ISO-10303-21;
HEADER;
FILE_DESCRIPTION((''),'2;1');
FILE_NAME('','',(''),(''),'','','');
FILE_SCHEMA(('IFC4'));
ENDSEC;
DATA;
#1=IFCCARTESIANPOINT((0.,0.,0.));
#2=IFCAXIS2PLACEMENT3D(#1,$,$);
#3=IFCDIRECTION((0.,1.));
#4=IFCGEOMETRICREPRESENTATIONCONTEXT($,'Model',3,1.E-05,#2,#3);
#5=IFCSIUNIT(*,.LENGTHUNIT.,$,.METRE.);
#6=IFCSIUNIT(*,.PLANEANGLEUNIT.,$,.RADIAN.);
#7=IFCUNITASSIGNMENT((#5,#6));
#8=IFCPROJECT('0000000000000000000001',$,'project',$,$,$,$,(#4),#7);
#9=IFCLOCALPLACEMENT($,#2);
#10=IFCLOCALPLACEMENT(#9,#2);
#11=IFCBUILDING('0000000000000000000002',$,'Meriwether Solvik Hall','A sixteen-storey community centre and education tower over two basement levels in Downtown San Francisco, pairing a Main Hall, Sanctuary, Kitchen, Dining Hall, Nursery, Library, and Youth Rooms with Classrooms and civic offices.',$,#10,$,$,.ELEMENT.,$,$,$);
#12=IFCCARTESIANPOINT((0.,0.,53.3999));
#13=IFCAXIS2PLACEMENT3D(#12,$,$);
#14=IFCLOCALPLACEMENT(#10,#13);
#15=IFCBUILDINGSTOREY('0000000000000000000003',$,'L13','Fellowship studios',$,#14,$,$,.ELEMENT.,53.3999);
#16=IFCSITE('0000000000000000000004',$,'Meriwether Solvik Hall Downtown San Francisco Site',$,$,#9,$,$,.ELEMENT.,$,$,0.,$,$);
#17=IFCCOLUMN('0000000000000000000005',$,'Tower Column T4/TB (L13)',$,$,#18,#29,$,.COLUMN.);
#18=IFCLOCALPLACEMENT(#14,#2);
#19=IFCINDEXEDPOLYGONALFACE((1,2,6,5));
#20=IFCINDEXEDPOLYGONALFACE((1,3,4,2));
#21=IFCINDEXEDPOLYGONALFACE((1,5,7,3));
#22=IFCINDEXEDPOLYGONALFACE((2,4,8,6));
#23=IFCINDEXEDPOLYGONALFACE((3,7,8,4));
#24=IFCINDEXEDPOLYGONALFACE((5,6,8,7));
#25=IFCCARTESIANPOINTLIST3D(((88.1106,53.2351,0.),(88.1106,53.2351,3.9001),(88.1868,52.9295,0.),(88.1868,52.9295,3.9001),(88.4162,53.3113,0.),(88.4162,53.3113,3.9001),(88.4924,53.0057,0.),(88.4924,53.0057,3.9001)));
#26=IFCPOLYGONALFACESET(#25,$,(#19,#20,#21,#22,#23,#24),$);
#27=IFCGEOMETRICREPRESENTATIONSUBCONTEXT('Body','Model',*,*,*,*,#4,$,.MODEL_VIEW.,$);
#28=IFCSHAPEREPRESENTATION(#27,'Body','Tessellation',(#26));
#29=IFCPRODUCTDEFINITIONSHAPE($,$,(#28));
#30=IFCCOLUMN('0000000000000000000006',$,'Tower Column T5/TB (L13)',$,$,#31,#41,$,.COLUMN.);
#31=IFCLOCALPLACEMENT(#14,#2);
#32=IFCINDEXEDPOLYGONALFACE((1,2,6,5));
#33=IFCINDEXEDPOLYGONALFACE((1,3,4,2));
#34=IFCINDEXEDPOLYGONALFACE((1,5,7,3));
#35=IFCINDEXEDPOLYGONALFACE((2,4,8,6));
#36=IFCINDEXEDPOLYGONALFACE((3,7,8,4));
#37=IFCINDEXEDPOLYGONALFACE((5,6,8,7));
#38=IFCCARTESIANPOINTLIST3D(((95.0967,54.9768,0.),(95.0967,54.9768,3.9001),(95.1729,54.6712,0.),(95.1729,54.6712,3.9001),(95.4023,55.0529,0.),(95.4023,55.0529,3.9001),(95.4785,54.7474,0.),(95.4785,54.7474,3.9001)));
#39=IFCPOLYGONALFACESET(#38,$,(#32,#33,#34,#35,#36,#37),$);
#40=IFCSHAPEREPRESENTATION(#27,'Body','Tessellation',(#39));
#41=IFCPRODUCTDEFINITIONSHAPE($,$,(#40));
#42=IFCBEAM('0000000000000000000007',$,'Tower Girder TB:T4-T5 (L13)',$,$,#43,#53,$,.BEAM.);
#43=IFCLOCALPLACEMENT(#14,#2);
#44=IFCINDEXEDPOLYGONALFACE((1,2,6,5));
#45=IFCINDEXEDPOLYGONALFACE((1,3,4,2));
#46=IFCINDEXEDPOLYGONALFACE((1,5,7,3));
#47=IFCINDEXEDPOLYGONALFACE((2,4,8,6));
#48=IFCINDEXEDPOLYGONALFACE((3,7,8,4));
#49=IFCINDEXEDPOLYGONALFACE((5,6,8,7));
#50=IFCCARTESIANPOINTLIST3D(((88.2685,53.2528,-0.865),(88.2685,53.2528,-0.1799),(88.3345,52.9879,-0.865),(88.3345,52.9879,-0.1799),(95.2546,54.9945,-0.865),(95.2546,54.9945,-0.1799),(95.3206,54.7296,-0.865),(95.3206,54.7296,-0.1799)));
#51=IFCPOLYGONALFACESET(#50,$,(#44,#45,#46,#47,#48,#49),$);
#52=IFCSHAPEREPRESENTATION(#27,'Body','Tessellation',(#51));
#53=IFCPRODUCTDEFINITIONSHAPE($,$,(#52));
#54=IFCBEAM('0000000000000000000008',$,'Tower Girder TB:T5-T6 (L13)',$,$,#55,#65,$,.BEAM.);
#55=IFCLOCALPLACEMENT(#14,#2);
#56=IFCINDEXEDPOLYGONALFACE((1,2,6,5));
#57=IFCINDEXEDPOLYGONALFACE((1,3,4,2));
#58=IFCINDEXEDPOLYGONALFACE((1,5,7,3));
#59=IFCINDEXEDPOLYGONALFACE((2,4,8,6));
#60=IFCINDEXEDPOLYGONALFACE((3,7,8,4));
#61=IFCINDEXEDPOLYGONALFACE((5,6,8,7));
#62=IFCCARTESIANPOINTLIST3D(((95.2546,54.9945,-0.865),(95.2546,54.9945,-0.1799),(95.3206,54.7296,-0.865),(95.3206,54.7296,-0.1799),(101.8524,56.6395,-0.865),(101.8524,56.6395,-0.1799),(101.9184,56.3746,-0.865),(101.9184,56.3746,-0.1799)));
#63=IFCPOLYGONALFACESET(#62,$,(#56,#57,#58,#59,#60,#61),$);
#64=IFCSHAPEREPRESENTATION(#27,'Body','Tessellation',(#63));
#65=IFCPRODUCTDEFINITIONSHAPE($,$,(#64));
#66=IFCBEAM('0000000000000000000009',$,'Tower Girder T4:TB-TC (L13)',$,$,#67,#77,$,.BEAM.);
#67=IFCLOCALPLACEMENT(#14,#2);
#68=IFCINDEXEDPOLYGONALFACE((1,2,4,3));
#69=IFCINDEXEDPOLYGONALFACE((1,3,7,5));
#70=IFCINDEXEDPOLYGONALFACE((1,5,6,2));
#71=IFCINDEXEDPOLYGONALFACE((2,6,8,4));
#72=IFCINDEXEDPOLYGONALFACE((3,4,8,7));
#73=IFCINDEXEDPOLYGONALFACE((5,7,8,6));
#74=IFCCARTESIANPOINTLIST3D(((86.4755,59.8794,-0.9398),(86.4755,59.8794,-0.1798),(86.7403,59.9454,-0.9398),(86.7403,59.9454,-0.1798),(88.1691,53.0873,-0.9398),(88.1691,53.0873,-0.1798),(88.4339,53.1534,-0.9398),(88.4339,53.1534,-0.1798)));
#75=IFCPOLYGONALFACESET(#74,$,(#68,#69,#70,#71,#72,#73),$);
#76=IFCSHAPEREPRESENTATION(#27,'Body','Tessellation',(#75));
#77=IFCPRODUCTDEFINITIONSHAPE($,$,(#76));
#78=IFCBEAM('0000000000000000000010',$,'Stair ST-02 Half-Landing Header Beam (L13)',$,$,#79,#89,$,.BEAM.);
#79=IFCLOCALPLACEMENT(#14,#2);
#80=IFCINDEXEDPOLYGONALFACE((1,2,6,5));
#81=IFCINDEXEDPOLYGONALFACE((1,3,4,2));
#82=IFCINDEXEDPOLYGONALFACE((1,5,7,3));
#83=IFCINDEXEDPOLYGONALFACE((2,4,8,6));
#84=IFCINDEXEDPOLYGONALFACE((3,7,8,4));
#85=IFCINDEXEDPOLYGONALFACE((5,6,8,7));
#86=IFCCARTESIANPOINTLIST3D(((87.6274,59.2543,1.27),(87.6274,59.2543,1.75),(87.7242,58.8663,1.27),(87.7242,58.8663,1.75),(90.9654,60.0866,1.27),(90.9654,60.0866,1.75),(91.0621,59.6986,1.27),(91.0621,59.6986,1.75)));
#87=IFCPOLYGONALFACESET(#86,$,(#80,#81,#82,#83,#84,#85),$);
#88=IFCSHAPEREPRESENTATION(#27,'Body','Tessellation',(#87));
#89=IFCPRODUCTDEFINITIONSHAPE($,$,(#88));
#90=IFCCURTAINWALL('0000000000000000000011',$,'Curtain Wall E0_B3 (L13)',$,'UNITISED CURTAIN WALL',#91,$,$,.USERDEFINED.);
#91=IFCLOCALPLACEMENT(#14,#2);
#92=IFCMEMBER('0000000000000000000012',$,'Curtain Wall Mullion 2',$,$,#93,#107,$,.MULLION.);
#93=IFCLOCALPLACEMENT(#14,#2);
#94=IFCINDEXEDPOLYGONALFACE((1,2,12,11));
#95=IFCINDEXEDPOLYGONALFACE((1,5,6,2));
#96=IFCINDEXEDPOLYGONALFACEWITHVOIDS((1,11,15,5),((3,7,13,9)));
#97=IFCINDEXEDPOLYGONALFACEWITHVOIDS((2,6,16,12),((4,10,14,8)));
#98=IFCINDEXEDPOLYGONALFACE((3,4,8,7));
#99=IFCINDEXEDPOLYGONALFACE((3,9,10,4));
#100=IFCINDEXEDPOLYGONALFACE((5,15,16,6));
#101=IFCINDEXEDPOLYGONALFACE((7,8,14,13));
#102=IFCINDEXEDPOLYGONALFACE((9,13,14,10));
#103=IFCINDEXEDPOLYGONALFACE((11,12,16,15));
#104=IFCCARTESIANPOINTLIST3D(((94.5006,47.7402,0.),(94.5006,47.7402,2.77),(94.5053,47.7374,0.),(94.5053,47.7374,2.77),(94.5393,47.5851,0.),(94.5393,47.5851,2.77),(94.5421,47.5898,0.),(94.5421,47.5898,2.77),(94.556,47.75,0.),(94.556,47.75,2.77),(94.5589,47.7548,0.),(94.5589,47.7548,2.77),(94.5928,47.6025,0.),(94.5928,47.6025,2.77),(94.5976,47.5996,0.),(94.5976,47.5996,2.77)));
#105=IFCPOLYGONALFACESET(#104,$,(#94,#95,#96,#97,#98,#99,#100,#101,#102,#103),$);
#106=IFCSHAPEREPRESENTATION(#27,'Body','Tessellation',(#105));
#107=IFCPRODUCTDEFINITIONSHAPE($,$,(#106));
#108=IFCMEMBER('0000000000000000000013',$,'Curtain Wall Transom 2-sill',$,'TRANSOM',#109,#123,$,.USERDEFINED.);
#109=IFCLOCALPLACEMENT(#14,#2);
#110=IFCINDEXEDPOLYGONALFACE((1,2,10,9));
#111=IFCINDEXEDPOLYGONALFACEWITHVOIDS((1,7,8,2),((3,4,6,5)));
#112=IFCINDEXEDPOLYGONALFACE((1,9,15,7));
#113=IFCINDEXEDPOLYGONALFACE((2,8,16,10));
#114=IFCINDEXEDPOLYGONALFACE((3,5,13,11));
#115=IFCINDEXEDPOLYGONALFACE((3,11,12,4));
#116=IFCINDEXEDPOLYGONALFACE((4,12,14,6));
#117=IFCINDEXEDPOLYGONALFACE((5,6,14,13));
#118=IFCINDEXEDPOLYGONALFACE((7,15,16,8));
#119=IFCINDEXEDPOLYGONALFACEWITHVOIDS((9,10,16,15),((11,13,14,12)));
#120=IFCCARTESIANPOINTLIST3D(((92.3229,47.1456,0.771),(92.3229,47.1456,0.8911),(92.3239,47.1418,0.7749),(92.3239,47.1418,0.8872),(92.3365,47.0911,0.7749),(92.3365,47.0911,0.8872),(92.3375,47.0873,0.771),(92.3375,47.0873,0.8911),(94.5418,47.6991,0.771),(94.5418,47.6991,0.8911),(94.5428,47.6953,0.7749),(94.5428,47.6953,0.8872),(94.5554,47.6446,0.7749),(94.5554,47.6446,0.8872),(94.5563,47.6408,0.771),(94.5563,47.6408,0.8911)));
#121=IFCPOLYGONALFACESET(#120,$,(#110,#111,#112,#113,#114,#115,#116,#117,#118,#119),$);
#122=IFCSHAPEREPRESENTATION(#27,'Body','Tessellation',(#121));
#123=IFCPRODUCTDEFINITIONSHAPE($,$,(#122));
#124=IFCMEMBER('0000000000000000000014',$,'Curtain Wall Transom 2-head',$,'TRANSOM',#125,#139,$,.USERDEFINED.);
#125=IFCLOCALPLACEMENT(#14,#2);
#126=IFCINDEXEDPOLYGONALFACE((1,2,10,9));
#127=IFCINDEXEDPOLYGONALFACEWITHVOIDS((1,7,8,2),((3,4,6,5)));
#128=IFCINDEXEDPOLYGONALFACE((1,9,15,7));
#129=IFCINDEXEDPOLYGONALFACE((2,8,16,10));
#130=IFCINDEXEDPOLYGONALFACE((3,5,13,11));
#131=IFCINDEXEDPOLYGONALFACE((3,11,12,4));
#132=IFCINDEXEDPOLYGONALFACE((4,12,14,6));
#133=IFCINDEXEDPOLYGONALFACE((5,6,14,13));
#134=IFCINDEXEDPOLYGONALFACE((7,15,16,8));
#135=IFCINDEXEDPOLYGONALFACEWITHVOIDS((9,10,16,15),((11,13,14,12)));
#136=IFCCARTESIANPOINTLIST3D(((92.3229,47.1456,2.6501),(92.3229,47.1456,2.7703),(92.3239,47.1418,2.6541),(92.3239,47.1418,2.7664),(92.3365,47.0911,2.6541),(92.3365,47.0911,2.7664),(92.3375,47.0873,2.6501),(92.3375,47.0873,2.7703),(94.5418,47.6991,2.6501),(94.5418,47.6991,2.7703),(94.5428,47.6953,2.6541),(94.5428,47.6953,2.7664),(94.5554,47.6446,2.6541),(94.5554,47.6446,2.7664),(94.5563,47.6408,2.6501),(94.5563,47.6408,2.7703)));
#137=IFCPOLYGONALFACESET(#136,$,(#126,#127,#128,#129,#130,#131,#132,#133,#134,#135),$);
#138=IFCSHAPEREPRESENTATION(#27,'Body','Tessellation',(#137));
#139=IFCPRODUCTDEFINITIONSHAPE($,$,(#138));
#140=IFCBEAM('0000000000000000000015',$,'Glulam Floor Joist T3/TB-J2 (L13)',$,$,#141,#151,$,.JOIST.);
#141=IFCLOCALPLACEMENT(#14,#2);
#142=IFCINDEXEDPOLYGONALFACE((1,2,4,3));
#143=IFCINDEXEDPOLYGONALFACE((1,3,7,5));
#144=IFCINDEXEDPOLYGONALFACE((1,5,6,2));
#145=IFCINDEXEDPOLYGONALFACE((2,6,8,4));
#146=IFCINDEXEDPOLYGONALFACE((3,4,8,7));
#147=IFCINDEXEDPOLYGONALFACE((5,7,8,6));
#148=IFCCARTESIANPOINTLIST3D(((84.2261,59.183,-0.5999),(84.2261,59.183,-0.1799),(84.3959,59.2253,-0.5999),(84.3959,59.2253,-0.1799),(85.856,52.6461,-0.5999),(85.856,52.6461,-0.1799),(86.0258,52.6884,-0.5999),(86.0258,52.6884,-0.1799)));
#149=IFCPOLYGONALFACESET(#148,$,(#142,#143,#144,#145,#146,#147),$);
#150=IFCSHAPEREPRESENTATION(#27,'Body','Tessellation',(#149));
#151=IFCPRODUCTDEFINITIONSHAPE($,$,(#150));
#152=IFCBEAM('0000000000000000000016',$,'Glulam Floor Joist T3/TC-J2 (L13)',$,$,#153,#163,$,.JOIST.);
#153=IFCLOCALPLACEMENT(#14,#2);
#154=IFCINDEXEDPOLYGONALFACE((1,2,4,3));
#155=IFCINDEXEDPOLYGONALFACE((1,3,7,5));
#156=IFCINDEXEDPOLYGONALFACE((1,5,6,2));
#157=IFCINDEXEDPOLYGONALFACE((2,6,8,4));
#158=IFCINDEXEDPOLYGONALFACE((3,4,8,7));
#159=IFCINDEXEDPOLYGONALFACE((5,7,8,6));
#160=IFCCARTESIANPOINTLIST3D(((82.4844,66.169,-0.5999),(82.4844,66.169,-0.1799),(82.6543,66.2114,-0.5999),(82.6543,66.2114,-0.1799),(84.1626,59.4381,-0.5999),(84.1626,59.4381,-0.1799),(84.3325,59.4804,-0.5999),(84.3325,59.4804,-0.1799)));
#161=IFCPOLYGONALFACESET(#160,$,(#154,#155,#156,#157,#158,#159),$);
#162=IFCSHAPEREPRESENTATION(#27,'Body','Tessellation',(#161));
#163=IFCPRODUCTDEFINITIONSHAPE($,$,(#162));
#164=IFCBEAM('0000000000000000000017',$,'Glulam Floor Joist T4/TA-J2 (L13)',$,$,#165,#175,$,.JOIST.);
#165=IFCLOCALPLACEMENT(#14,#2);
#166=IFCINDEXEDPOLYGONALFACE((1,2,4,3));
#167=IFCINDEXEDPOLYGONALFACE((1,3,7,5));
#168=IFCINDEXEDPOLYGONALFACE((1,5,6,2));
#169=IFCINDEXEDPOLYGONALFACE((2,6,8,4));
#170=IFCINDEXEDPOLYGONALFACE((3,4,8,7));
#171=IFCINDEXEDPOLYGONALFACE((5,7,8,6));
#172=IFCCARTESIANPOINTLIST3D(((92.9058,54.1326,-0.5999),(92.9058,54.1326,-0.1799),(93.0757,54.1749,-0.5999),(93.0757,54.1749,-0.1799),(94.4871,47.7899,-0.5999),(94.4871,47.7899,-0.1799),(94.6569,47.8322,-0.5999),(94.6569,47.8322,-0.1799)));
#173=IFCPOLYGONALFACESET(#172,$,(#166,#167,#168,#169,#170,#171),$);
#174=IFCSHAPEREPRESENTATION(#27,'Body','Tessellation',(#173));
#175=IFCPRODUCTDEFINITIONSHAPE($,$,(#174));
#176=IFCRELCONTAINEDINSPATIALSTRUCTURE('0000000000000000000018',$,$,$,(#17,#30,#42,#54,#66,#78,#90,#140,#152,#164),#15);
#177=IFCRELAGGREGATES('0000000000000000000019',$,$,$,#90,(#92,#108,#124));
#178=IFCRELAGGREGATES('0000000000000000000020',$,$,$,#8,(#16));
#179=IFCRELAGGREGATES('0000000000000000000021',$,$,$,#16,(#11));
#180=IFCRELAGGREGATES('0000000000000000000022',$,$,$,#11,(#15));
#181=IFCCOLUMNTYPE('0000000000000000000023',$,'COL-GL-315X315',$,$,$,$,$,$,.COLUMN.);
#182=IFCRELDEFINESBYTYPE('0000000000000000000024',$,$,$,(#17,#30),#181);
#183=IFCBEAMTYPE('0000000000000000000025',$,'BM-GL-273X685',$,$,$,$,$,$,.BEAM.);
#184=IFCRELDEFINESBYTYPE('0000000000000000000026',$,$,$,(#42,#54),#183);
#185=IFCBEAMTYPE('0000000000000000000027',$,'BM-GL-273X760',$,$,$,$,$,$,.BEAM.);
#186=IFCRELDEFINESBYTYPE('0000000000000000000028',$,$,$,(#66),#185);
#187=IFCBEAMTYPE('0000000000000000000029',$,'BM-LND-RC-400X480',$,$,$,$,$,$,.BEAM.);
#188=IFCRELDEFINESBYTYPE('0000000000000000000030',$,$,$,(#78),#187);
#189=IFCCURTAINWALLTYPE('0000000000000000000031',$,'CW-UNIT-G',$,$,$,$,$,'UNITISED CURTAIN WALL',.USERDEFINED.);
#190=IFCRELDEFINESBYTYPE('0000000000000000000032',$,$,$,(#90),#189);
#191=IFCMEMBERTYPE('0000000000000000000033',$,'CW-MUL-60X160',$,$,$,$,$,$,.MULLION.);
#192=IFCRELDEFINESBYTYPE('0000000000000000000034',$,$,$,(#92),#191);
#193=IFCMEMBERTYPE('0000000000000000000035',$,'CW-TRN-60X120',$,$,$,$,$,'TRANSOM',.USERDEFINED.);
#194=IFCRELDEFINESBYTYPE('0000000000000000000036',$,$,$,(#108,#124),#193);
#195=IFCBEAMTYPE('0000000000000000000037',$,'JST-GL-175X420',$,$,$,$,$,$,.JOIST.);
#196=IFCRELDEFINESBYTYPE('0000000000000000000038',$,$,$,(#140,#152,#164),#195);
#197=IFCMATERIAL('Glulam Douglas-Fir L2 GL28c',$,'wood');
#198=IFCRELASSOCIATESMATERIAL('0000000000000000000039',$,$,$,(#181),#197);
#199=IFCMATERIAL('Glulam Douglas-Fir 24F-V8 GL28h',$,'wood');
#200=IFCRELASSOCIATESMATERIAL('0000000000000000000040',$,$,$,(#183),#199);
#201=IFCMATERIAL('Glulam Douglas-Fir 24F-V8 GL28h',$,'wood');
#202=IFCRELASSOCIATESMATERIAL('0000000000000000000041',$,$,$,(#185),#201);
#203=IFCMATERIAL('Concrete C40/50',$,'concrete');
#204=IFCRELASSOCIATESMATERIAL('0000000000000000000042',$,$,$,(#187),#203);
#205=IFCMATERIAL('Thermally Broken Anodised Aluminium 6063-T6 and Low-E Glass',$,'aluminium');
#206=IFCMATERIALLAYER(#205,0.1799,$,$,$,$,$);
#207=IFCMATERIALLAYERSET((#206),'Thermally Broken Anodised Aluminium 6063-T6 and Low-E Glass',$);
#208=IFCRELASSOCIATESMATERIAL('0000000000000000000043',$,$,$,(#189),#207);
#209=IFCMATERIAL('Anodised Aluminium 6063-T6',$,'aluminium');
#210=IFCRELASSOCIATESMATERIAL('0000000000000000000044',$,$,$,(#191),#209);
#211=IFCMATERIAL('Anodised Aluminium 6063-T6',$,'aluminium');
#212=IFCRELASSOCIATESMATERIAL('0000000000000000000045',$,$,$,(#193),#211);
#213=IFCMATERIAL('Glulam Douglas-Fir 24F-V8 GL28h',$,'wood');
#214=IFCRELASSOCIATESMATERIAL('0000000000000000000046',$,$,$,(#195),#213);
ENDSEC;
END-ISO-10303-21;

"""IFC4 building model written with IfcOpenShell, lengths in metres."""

from ifc_helpers import new_model, si_unit, direction, frame, origin, origin_2d, place, context, subcontext, project, spatial, rectangle, hollow_rectangle, extrude, material, layer, layer_set, material_profile, profile_set, type_object, element, aggregate, save


model = new_model("IFC4")

# Units and contexts
model_context = context("Model", 3, precision=1e-05, world=origin(), true_north=direction((0.0, 1.0)))
body_context = subcontext(model_context, "Body", "Model", "MODEL_VIEW")
ifc_project = project(units=[si_unit("LENGTHUNIT", "METRE"), si_unit("PLANEANGLEUNIT", "RADIAN")], contexts=[model_context])

# Site, building, storey
site_placement = place(None, origin())
site = spatial("IfcSite", under=ifc_project, at=site_placement, Name="Meriwether Solvik Hall Downtown San Francisco Site", CompositionType="ELEMENT", RefElevation=0.0)
building_placement = place(site_placement, origin())
building = spatial("IfcBuilding", under=site, at=building_placement, Name="Meriwether Solvik Hall", Description="A sixteen-storey community centre and education tower over two basement levels in Downtown San Francisco, pairing a Main Hall, Sanctuary, Kitchen, Dining Hall, Nursery, Library, and Youth Rooms with Classrooms and civic offices.", CompositionType="ELEMENT")
storey_placement = place(building_placement, frame((0.0, 0.0, 53.3999)))
storey = spatial("IfcBuildingStorey", under=building, at=storey_placement, Name="L13", Description="Fellowship studios", CompositionType="ELEMENT", Elevation=53.3999)

# Columns
ifc_material_1 = material(Name="Glulam Douglas-Fir L2 GL28c", Category="wood")
ifc_material_profile_1 = material_profile(ifc_material_1, rectangle(XDim=0.3149, YDim=0.3149, at=origin_2d()), Name="GLC-315X315")
ifc_profile_set_1 = profile_set([ifc_material_profile_1], Name="Glulam Douglas-Fir L2 GL28c")
column_type = type_object("IfcColumnType", Name="COL-GL-315X315", PredefinedType="COLUMN", material=ifc_profile_set_1)
for number, where, z_axis, x_axis, name in (
    (1, (88.3015, 53.1204, 0.0), (0.0, 0.0, 1.0), (0.970296, 0.241922, 0.0), "Tower Column T4/TB (L13)"),
    (2, (95.2876, 54.8621, 0.0), (0.0, 0.0, 1.0), (0.970296, 0.241922, 0.0), "Tower Column T5/TB (L13)"),
):
    element("IfcColumn", number, at=place(storey_placement, frame(where, z_axis=z_axis, x_axis=x_axis)), inside=storey, type_object=column_type, Name=name, PredefinedType="COLUMN", context=body_context, shape_type="SweptSolid", body=[
        extrude(rectangle(XDim=0.3149, YDim=0.3149, at=origin_2d()), origin(), (0.0, 0.0, 1.0), 3.9001),
    ])

# Beams
ifc_material_2 = material(Name="Glulam Douglas-Fir 24F-V8 GL28h", Category="wood")
ifc_material_profile_2 = material_profile(ifc_material_2, rectangle(XDim=0.2729, YDim=0.6851, at=origin_2d()), Name="GLB-273X685")
ifc_profile_set_2 = profile_set([ifc_material_profile_2], Name="Glulam Douglas-Fir 24F-V8 GL28h")
beam_type_1 = type_object("IfcBeamType", Name="BM-GL-273X685", PredefinedType="BEAM", material=ifc_profile_set_2)
beam_1_placement = place(storey_placement, frame((88.3015, 53.1204, -0.5225), z_axis=(0.9703, 0.241905, 0.0), x_axis=(-0.241905, 0.9703, 0.0)))
element("IfcBeam", 3, at=beam_1_placement, inside=storey, type_object=beam_type_1, Name="Tower Girder TB:T4-T5 (L13)", PredefinedType="BEAM", context=body_context, shape_type="SweptSolid", body=[
    extrude(rectangle(XDim=0.2729, YDim=0.6851, at=origin_2d()), origin(), (0.0, 0.0, 1.0), 7.2),
])
beam_2_placement = place(storey_placement, frame((95.2876, 54.8621, -0.5225), z_axis=(0.970296, 0.241919, 0.0), x_axis=(-0.241919, 0.970296, 0.0)))
element("IfcBeam", 4, at=beam_2_placement, inside=storey, type_object=beam_type_1, Name="Tower Girder TB:T5-T6 (L13)", PredefinedType="BEAM", context=body_context, shape_type="SweptSolid", body=[
    extrude(rectangle(XDim=0.2729, YDim=0.6851, at=origin_2d()), origin(), (0.0, 0.0, 1.0), 6.7998),
])
ifc_material_3 = material(Name="Glulam Douglas-Fir 24F-V8 GL28h", Category="wood")
ifc_material_profile_3 = material_profile(ifc_material_3, rectangle(XDim=0.2729, YDim=0.76, at=origin_2d()), Name="GLB-273X760")
ifc_profile_set_3 = profile_set([ifc_material_profile_3], Name="Glulam Douglas-Fir 24F-V8 GL28h")
beam_type_2 = type_object("IfcBeamType", Name="BM-GL-273X760", PredefinedType="BEAM", material=ifc_profile_set_3)
beam_3_placement = place(storey_placement, frame((88.3015, 53.1204, -0.5598), z_axis=(-0.241945, 0.97029, 0.0), x_axis=(-0.97029, -0.241945, 0.0)))
element("IfcBeam", 5, at=beam_3_placement, inside=storey, type_object=beam_type_2, Name="Tower Girder T4:TB-TC (L13)", PredefinedType="BEAM", context=body_context, shape_type="SweptSolid", body=[
    extrude(rectangle(XDim=0.2729, YDim=0.76, at=origin_2d()), origin(), (0.0, 0.0, 1.0), 7.0),
])
ifc_material_4 = material(Name="Concrete C40/50", Category="concrete")
ifc_material_profile_4 = material_profile(ifc_material_4, rectangle(XDim=0.3999, YDim=0.48, at=origin_2d()), Name="RCB-400X480")
ifc_profile_set_4 = profile_set([ifc_material_profile_4], Name="Concrete C40/50")
beam_type_3 = type_object("IfcBeamType", Name="BM-LND-RC-400X480", PredefinedType="BEAM", material=ifc_profile_set_4)
beam_4_placement = place(storey_placement, frame((87.6758, 59.0603, 1.51), z_axis=(0.970293, 0.241934, 0.0), x_axis=(-0.241934, 0.970293, 0.0)))
element("IfcBeam", 6, at=beam_4_placement, inside=storey, type_object=beam_type_3, Name="Stair ST-02 Half-Landing Header Beam (L13)", PredefinedType="BEAM", context=body_context, shape_type="SweptSolid", body=[
    extrude(rectangle(XDim=0.3999, YDim=0.48, at=origin_2d()), origin(), (0.0, 0.0, 1.0), 3.4402),
])

# Curtain wall, members
ifc_material_5 = material(Name="Thermally Broken Anodised Aluminium 6063-T6 and Low-E Glass", Category="aluminium")
ifc_layer_1 = layer(ifc_material_5, 0.1799)
ifc_layer_set_1 = layer_set([ifc_layer_1], Name="Thermally Broken Anodised Aluminium 6063-T6 and Low-E Glass")
curtain_wall_type = type_object("IfcCurtainWallType", Name="CW-UNIT-G", ElementType="UNITISED CURTAIN WALL", PredefinedType="USERDEFINED", material=ifc_layer_set_1)
curtain_wall_placement = place(storey_placement, origin())
curtain_wall = element("IfcCurtainWall", 7, at=curtain_wall_placement, inside=storey, type_object=curtain_wall_type, Name="Curtain Wall E0_B3 (L13)", ObjectType="UNITISED CURTAIN WALL", PredefinedType="USERDEFINED")
ifc_material_6 = material(Name="Anodised Aluminium 6063-T6", Category="aluminium")
ifc_material_profile_5 = material_profile(ifc_material_6, hollow_rectangle(XDim=0.0601, YDim=0.1599, WallThickness=0.0039, at=origin_2d()), Name="CWM-60X160")
ifc_profile_set_5 = profile_set([ifc_material_profile_5], Name="Anodised Aluminium 6063-T6")
member_type_1 = type_object("IfcMemberType", Name="CW-MUL-60X160", PredefinedType="MULLION", material=ifc_profile_set_5)
member_1_placement = place(storey_placement, frame((94.5491, 47.6699, 0.0), z_axis=(0.0, 0.0, 1.0), x_axis=(-0.970296, -0.241922, 0.0)))
member_1 = element("IfcMember", 8, at=member_1_placement, type_object=member_type_1, Name="Curtain Wall Mullion 2", PredefinedType="MULLION", context=body_context, shape_type="SweptSolid", body=[
    extrude(hollow_rectangle(XDim=0.0601, YDim=0.1599, WallThickness=0.0039, at=origin_2d()), origin(), (0.0, 0.0, 1.0), 2.77),
])
ifc_material_7 = material(Name="Anodised Aluminium 6063-T6", Category="aluminium")
ifc_material_profile_6 = material_profile(ifc_material_7, hollow_rectangle(XDim=0.0601, YDim=0.1201, WallThickness=0.0039, at=origin_2d()), Name="CWT-60X120")
ifc_profile_set_6 = profile_set([ifc_material_profile_6], Name="Anodised Aluminium 6063-T6")
member_type_2 = type_object("IfcMemberType", Name="CW-TRN-60X120", ElementType="TRANSOM", PredefinedType="USERDEFINED", material=ifc_profile_set_6)
member_2_placement = place(storey_placement, frame((94.5491, 47.6699, 0.8311), z_axis=(-0.970274, -0.242008, 0.0), x_axis=(0.242008, -0.970274, 0.0)))
member_2 = element("IfcMember", 9, at=member_2_placement, type_object=member_type_2, Name="Curtain Wall Transom 2-sill", ObjectType="TRANSOM", PredefinedType="USERDEFINED", context=body_context, shape_type="SweptSolid", body=[
    extrude(hollow_rectangle(XDim=0.0601, YDim=0.1201, WallThickness=0.0039, at=origin_2d()), origin(), (0.0, 0.0, 1.0), 2.2869),
])
member_3_placement = place(storey_placement, frame((94.5491, 47.6699, 2.7102), z_axis=(-0.970274, -0.242008, 0.0), x_axis=(0.242008, -0.970274, 0.0)))
member_3 = element("IfcMember", 10, at=member_3_placement, type_object=member_type_2, Name="Curtain Wall Transom 2-head", ObjectType="TRANSOM", PredefinedType="USERDEFINED", context=body_context, shape_type="SweptSolid", body=[
    extrude(hollow_rectangle(XDim=0.0601, YDim=0.1201, WallThickness=0.0039, at=origin_2d()), origin(), (0.0, 0.0, 1.0), 2.2869),
])

# Beams
ifc_material_8 = material(Name="Glulam Douglas-Fir 24F-V8 GL28h", Category="wood")
ifc_material_profile_7 = material_profile(ifc_material_8, rectangle(XDim=0.175, YDim=0.4199, at=origin_2d()), Name="GLJ-175X420")
ifc_profile_set_7 = profile_set([ifc_material_profile_7], Name="Glulam Douglas-Fir 24F-V8 GL28h")
beam_type_4 = type_object("IfcBeamType", Name="JST-GL-175X420", PredefinedType="JOIST", material=ifc_profile_set_7)
beam_5_placement = place(storey_placement, frame((85.9409, 52.6672, -0.3899), z_axis=(-0.24193, 0.970294, 0.0), x_axis=(-0.970294, -0.24193, 0.0)))
element("IfcBeam", 11, at=beam_5_placement, inside=storey, type_object=beam_type_4, Name="Glulam Floor Joist T3/TB-J2 (L13)", PredefinedType="JOIST", context=body_context, shape_type="SweptSolid", body=[
    extrude(rectangle(XDim=0.175, YDim=0.4199, at=origin_2d()), origin(), (0.0, 0.0, 1.0), 6.7371),
])
beam_6_placement = place(storey_placement, frame((84.2476, 59.4592, -0.3899), z_axis=(-0.241923, 0.970296, 0.0), x_axis=(-0.970296, -0.241923, 0.0)))
element("IfcBeam", 12, at=beam_6_placement, inside=storey, type_object=beam_type_4, Name="Glulam Floor Joist T3/TC-J2 (L13)", PredefinedType="JOIST", context=body_context, shape_type="SweptSolid", body=[
    extrude(rectangle(XDim=0.175, YDim=0.4199, at=origin_2d()), origin(), (0.0, 0.0, 1.0), 6.937),
])
beam_7_placement = place(storey_placement, frame((94.572, 47.811, -0.3899), z_axis=(-0.241903, 0.9703, 0.0), x_axis=(-0.9703, -0.241903, 0.0)))
element("IfcBeam", 13, at=beam_7_placement, inside=storey, type_object=beam_type_4, Name="Glulam Floor Joist T4/TA-J2 (L13)", PredefinedType="JOIST", context=body_context, shape_type="SweptSolid", body=[
    extrude(rectangle(XDim=0.175, YDim=0.4199, at=origin_2d()), origin(), (0.0, 0.0, 1.0), 6.5369),
])

aggregate(curtain_wall, [member_1, member_2, member_3])

save(model, "model.ifc")
